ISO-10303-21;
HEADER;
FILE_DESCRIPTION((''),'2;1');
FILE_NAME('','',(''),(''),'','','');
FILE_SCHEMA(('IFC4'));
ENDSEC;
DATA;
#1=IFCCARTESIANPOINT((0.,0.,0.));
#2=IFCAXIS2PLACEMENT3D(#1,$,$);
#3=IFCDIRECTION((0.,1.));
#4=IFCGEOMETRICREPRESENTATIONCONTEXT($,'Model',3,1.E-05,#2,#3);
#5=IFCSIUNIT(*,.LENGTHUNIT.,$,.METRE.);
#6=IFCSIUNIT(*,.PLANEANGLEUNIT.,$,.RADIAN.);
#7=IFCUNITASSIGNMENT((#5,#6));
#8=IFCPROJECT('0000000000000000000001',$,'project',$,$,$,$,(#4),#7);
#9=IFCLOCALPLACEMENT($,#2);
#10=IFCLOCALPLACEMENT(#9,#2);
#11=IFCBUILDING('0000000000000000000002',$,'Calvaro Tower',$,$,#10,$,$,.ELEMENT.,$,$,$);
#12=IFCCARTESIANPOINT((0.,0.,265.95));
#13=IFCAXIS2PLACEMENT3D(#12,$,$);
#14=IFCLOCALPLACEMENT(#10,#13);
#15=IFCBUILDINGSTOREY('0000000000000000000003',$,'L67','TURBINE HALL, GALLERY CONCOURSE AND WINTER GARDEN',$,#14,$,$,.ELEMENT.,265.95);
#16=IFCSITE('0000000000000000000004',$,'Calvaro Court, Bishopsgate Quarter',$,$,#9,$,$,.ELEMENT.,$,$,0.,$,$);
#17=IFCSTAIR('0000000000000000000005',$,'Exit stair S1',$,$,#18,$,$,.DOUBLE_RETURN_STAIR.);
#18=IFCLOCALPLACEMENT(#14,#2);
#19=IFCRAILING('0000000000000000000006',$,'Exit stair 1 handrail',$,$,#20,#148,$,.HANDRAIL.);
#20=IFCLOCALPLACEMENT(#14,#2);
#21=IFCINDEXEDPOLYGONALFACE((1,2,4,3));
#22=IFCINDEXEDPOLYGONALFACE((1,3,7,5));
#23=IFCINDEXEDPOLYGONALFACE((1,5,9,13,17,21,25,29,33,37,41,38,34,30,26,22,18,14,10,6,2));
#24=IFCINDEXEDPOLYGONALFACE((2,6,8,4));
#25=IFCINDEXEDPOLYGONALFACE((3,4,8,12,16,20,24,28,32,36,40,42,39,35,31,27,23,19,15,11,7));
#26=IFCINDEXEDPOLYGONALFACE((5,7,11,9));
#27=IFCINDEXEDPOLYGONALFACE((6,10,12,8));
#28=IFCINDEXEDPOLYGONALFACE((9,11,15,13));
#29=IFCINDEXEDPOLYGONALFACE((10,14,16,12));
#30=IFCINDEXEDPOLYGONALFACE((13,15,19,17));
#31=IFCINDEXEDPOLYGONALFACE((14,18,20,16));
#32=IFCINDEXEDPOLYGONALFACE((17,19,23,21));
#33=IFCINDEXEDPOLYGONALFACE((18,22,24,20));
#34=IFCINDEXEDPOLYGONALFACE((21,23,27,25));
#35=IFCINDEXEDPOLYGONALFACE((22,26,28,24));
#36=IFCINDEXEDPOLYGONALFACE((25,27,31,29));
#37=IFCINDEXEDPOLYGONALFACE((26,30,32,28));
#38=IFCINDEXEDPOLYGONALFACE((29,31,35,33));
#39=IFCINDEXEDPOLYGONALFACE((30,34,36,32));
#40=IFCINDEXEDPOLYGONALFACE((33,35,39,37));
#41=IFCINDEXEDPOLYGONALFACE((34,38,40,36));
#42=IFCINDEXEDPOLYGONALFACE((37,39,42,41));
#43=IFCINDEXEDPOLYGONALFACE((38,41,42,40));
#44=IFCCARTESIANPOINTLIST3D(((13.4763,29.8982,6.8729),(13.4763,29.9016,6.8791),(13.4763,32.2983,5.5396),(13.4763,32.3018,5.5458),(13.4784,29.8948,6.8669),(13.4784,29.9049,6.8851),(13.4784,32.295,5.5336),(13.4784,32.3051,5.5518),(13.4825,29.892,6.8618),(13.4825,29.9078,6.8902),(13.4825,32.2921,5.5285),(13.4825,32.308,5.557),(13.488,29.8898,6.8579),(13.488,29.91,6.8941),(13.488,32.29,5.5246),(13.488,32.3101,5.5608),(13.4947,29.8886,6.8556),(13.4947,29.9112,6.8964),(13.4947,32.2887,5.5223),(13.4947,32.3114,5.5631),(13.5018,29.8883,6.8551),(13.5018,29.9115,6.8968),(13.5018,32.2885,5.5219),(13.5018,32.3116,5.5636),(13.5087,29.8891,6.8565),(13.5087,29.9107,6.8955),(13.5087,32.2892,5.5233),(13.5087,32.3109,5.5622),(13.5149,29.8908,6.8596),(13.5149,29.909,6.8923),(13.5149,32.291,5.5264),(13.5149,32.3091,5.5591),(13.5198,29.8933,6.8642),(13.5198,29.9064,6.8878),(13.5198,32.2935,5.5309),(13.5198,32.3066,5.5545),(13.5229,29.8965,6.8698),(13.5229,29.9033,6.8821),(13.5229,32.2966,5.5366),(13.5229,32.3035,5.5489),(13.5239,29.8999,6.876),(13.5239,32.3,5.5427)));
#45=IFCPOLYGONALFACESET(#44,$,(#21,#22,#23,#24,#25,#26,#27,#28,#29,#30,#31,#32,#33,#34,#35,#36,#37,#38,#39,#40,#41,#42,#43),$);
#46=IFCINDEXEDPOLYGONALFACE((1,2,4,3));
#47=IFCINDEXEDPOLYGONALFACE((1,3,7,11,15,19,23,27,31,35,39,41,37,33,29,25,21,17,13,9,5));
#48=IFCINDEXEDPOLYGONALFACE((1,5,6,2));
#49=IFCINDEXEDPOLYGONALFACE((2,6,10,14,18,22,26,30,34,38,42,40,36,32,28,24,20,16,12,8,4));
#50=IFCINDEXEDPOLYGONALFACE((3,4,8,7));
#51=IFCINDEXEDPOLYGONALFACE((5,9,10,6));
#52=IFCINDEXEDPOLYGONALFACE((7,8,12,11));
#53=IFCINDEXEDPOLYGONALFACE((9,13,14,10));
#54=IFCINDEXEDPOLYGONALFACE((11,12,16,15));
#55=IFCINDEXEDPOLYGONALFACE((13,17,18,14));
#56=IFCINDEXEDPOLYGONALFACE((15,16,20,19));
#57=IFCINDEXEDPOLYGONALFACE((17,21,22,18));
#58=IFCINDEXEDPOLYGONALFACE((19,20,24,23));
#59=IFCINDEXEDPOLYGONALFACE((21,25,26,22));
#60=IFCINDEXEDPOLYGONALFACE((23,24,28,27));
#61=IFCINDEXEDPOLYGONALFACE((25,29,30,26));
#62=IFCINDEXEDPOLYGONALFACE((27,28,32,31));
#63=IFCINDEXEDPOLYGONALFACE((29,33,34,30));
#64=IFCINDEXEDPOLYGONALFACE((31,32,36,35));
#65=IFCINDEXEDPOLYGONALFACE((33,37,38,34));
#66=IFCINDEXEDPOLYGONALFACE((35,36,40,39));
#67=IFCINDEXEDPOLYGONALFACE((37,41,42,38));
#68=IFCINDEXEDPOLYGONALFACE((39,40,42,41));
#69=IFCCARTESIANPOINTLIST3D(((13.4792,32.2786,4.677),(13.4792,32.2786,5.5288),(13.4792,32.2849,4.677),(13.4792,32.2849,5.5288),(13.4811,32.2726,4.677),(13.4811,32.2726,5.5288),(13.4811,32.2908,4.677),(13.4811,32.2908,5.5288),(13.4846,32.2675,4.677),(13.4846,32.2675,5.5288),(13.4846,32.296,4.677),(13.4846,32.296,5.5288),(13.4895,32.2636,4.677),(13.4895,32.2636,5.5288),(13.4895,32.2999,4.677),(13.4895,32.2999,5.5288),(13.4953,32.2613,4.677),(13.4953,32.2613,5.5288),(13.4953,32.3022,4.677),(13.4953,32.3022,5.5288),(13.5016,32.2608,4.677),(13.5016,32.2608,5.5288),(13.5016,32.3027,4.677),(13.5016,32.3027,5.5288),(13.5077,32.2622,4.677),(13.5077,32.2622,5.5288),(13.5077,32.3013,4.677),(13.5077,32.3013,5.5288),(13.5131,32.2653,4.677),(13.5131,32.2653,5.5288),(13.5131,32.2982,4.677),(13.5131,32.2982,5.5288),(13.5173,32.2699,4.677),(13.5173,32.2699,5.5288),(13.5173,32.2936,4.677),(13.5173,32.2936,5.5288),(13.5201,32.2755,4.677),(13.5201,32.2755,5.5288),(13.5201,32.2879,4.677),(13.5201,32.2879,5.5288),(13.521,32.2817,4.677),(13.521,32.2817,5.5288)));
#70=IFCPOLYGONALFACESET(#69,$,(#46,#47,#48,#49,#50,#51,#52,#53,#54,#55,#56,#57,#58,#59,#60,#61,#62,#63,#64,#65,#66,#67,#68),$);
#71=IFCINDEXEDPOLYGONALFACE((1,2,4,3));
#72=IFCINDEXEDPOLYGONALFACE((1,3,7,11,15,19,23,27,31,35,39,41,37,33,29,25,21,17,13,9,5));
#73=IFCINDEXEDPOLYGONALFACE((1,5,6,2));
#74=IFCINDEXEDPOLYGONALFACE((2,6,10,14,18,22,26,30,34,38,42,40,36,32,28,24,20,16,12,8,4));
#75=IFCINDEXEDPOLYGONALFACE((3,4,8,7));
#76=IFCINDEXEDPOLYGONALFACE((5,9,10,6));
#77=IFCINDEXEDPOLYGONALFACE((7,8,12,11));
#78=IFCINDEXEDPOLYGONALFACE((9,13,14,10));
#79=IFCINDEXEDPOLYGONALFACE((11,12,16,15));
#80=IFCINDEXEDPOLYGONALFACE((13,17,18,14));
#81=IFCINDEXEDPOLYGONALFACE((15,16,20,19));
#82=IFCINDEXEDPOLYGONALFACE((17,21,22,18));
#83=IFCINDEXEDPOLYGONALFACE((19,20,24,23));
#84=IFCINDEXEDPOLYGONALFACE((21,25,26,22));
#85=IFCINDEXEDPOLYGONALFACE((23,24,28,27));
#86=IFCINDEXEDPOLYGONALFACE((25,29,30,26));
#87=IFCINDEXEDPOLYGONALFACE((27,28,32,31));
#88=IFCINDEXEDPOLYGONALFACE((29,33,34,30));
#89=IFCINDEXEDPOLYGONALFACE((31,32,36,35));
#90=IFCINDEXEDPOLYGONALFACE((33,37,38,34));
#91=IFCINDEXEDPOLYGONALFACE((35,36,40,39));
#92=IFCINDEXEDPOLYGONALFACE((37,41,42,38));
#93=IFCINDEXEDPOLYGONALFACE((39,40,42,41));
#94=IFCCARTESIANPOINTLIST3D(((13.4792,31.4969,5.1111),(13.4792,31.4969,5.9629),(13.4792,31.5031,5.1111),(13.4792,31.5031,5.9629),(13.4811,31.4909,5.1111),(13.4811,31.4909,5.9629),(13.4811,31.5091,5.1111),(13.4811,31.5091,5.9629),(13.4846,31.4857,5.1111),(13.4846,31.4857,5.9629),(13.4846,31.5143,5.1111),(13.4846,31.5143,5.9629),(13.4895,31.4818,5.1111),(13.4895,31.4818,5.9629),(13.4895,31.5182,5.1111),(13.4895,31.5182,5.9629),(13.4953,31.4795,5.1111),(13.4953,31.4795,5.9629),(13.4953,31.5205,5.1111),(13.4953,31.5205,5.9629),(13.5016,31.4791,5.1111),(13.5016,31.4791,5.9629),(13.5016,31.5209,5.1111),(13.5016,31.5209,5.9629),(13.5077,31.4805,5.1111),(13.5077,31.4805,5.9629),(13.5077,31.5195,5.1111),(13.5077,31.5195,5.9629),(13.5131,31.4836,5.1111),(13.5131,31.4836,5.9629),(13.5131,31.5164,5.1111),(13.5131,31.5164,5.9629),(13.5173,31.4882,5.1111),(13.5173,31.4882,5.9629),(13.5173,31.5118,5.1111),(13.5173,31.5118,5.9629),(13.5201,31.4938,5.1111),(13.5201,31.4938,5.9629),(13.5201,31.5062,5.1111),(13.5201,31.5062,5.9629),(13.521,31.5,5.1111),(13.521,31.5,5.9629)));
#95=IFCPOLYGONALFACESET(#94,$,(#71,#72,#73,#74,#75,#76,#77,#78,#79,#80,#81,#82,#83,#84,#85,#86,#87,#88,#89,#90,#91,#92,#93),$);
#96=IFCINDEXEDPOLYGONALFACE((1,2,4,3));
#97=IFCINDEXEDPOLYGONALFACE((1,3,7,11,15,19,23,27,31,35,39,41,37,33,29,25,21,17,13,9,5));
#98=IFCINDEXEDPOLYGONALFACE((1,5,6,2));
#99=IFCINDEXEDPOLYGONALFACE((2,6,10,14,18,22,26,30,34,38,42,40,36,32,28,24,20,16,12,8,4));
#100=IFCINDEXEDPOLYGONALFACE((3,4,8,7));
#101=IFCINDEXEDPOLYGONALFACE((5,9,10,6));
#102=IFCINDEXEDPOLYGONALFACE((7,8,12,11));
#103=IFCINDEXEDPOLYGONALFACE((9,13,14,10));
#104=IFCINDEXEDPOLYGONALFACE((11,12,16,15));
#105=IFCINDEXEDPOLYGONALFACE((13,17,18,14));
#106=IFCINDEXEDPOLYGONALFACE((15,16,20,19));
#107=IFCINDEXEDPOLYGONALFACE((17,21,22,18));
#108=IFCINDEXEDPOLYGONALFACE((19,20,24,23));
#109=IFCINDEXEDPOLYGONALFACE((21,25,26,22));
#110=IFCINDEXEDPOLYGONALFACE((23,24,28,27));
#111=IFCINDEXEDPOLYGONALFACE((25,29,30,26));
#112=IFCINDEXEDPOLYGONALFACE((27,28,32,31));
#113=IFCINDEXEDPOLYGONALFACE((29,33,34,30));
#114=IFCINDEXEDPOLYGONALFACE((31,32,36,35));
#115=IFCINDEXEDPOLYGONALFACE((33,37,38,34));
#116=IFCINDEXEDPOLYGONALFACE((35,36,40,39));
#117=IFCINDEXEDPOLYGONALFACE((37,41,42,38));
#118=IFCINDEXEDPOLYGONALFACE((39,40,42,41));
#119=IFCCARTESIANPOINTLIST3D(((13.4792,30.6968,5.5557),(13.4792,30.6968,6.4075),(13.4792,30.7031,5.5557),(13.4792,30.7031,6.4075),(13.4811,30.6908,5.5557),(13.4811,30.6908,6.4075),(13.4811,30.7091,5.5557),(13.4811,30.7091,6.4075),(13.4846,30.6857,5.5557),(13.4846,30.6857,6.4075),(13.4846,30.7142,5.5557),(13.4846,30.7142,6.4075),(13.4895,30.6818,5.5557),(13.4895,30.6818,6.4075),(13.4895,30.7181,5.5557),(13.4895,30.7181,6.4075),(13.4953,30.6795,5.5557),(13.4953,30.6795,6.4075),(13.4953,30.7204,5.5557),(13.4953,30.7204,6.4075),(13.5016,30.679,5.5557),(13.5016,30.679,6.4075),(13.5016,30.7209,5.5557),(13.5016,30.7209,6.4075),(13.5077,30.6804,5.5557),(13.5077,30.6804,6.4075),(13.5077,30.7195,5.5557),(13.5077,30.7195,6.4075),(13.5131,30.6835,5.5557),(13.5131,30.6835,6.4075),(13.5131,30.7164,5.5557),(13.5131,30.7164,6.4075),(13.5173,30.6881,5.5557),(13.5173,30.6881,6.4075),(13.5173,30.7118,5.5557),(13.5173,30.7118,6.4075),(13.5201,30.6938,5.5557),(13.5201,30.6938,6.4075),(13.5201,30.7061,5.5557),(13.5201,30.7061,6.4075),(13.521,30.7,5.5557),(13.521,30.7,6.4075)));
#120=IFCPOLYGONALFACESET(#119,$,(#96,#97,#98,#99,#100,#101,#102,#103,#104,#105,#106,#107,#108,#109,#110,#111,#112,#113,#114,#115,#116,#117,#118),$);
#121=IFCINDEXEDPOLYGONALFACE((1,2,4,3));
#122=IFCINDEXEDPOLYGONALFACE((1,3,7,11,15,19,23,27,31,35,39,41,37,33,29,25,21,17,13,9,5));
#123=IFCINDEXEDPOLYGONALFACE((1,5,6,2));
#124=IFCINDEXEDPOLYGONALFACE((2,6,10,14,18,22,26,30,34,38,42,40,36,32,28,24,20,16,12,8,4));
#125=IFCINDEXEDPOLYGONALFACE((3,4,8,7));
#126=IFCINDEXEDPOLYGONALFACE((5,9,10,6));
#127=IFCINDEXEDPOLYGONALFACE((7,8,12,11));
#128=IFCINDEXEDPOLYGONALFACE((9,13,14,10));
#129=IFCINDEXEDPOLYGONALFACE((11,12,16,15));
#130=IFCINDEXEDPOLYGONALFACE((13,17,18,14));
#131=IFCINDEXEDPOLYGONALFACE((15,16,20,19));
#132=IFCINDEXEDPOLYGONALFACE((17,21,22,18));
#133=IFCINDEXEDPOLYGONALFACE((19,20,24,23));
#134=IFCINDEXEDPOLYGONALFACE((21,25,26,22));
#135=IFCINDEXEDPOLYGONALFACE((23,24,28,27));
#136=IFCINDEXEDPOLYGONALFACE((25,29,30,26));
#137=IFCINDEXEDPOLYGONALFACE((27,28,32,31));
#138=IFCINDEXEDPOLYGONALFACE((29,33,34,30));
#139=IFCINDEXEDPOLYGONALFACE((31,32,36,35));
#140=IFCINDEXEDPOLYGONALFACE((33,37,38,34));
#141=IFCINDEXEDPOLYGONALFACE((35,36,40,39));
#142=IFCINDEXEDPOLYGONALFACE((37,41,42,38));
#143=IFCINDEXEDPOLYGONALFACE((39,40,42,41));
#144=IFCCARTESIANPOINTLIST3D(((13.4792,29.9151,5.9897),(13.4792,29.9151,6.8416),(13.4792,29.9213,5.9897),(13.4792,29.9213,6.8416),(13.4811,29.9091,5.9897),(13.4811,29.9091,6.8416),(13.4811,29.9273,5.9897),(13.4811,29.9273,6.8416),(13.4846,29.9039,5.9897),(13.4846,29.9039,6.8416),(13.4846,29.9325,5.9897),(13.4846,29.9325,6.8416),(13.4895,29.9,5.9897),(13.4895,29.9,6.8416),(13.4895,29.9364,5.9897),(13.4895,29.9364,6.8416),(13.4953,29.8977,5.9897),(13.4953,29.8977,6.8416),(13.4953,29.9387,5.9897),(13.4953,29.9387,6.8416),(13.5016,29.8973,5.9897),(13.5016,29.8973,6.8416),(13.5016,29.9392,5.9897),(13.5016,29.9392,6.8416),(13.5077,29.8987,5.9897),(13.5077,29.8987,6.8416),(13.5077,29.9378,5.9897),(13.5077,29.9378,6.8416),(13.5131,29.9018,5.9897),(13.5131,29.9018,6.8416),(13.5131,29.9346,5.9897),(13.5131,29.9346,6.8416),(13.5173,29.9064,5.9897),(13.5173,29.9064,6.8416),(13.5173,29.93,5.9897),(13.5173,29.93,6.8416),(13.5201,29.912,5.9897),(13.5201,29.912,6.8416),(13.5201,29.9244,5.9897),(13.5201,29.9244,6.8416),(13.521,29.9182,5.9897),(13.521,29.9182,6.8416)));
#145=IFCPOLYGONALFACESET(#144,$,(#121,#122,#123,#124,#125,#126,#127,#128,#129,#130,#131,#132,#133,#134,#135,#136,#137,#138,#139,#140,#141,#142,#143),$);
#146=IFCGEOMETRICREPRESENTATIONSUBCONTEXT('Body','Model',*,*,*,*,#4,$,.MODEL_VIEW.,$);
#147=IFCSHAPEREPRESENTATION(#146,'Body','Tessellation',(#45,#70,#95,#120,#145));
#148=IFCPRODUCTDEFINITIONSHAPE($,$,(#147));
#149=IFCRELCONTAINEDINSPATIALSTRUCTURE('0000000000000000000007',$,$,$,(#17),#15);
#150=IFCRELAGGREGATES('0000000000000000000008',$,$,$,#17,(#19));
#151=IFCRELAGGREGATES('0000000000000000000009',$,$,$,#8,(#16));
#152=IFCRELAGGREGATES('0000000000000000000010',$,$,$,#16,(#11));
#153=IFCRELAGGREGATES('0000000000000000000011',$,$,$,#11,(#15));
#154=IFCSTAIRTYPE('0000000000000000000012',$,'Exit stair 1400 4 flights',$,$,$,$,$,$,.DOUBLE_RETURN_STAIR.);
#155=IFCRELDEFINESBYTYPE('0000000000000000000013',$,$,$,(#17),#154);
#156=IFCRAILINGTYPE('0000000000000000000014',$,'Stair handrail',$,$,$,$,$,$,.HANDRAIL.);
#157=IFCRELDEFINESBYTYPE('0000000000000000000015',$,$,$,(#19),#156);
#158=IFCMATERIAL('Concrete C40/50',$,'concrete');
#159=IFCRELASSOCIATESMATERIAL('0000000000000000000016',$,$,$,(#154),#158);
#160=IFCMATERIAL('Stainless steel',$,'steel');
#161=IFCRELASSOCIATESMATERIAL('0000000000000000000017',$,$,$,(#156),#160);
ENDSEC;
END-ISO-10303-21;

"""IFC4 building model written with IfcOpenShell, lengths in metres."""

from ifc_helpers import new_model, si_unit, direction, frame, origin, origin_2d, place, context, subcontext, project, spatial, circle, extrude, material, type_object, element, aggregate, save


model = new_model("IFC4")

# Units and contexts
model_context = context("Model", 3, precision=1e-05, world=origin(), true_north=direction((0.0, 1.0)))
body_context = subcontext(model_context, "Body", "Model", "MODEL_VIEW")
ifc_project = project(units=[si_unit("LENGTHUNIT", "METRE"), si_unit("PLANEANGLEUNIT", "RADIAN")], contexts=[model_context])

# Site, building, storey
site_placement = place(None, origin())
site = spatial("IfcSite", under=ifc_project, at=site_placement, Name="Calvaro Court, Bishopsgate Quarter", CompositionType="ELEMENT", RefElevation=0.0)
building_placement = place(site_placement, origin())
building = spatial("IfcBuilding", under=site, at=building_placement, Name="Calvaro Tower", CompositionType="ELEMENT")
storey_placement = place(building_placement, frame((0.0, 0.0, 265.95)))
storey = spatial("IfcBuildingStorey", under=building, at=storey_placement, Name="L67", Description="TURBINE HALL, GALLERY CONCOURSE AND WINTER GARDEN", CompositionType="ELEMENT", Elevation=265.95)

# Stair
ifc_material_1 = material(Name="Concrete C40/50", Category="concrete")
stair_type = type_object("IfcStairType", Name="Exit stair 1400 4 flights", PredefinedType="DOUBLE_RETURN_STAIR", material=ifc_material_1)
stair_placement = place(storey_placement, origin())
stair = element("IfcStair", 1, at=stair_placement, inside=storey, type_object=stair_type, Name="Exit stair S1", PredefinedType="DOUBLE_RETURN_STAIR")

# Railing
ifc_material_2 = material(Name="Stainless steel", Category="steel")
railing_type_1 = type_object("IfcRailingType", Name="Stair handrail", PredefinedType="HANDRAIL", material=ifc_material_2)
railing_1_placement = place(storey_placement, frame((13.5, 32.3, 4.6667)))
railing_1 = element("IfcRailing", 2, at=railing_1_placement, type_object=railing_type_1, Name="Exit stair 1 handrail", PredefinedType="HANDRAIL", context=body_context, shape_type="SweptSolid", body=[
    extrude(circle(Radius=0.0239, at=origin_2d()), frame((0.0, 0.0, 0.876), z_axis=(0.0, -0.874182, 0.485598), x_axis=(1.0, 0.0, 0.0)), (0.0, 0.0, 1.0), 2.7456),
    extrude(circle(Radius=0.021, at=origin_2d()), frame((0.0, -0.0183, 0.0103)), (0.0, 0.0, 1.0), 0.8518),
    extrude(circle(Radius=0.021, at=origin_2d()), frame((0.0, -0.8, 0.4443)), (0.0, 0.0, 1.0), 0.8518),
    extrude(circle(Radius=0.021, at=origin_2d()), frame((0.0, -1.6001, 0.8889)), (0.0, 0.0, 1.0), 0.8518),
    extrude(circle(Radius=0.021, at=origin_2d()), frame((0.0, -2.3818, 1.323)), (0.0, 0.0, 1.0), 0.8518),
])
aggregate(stair, [railing_1])

save(model, "model.ifc")
